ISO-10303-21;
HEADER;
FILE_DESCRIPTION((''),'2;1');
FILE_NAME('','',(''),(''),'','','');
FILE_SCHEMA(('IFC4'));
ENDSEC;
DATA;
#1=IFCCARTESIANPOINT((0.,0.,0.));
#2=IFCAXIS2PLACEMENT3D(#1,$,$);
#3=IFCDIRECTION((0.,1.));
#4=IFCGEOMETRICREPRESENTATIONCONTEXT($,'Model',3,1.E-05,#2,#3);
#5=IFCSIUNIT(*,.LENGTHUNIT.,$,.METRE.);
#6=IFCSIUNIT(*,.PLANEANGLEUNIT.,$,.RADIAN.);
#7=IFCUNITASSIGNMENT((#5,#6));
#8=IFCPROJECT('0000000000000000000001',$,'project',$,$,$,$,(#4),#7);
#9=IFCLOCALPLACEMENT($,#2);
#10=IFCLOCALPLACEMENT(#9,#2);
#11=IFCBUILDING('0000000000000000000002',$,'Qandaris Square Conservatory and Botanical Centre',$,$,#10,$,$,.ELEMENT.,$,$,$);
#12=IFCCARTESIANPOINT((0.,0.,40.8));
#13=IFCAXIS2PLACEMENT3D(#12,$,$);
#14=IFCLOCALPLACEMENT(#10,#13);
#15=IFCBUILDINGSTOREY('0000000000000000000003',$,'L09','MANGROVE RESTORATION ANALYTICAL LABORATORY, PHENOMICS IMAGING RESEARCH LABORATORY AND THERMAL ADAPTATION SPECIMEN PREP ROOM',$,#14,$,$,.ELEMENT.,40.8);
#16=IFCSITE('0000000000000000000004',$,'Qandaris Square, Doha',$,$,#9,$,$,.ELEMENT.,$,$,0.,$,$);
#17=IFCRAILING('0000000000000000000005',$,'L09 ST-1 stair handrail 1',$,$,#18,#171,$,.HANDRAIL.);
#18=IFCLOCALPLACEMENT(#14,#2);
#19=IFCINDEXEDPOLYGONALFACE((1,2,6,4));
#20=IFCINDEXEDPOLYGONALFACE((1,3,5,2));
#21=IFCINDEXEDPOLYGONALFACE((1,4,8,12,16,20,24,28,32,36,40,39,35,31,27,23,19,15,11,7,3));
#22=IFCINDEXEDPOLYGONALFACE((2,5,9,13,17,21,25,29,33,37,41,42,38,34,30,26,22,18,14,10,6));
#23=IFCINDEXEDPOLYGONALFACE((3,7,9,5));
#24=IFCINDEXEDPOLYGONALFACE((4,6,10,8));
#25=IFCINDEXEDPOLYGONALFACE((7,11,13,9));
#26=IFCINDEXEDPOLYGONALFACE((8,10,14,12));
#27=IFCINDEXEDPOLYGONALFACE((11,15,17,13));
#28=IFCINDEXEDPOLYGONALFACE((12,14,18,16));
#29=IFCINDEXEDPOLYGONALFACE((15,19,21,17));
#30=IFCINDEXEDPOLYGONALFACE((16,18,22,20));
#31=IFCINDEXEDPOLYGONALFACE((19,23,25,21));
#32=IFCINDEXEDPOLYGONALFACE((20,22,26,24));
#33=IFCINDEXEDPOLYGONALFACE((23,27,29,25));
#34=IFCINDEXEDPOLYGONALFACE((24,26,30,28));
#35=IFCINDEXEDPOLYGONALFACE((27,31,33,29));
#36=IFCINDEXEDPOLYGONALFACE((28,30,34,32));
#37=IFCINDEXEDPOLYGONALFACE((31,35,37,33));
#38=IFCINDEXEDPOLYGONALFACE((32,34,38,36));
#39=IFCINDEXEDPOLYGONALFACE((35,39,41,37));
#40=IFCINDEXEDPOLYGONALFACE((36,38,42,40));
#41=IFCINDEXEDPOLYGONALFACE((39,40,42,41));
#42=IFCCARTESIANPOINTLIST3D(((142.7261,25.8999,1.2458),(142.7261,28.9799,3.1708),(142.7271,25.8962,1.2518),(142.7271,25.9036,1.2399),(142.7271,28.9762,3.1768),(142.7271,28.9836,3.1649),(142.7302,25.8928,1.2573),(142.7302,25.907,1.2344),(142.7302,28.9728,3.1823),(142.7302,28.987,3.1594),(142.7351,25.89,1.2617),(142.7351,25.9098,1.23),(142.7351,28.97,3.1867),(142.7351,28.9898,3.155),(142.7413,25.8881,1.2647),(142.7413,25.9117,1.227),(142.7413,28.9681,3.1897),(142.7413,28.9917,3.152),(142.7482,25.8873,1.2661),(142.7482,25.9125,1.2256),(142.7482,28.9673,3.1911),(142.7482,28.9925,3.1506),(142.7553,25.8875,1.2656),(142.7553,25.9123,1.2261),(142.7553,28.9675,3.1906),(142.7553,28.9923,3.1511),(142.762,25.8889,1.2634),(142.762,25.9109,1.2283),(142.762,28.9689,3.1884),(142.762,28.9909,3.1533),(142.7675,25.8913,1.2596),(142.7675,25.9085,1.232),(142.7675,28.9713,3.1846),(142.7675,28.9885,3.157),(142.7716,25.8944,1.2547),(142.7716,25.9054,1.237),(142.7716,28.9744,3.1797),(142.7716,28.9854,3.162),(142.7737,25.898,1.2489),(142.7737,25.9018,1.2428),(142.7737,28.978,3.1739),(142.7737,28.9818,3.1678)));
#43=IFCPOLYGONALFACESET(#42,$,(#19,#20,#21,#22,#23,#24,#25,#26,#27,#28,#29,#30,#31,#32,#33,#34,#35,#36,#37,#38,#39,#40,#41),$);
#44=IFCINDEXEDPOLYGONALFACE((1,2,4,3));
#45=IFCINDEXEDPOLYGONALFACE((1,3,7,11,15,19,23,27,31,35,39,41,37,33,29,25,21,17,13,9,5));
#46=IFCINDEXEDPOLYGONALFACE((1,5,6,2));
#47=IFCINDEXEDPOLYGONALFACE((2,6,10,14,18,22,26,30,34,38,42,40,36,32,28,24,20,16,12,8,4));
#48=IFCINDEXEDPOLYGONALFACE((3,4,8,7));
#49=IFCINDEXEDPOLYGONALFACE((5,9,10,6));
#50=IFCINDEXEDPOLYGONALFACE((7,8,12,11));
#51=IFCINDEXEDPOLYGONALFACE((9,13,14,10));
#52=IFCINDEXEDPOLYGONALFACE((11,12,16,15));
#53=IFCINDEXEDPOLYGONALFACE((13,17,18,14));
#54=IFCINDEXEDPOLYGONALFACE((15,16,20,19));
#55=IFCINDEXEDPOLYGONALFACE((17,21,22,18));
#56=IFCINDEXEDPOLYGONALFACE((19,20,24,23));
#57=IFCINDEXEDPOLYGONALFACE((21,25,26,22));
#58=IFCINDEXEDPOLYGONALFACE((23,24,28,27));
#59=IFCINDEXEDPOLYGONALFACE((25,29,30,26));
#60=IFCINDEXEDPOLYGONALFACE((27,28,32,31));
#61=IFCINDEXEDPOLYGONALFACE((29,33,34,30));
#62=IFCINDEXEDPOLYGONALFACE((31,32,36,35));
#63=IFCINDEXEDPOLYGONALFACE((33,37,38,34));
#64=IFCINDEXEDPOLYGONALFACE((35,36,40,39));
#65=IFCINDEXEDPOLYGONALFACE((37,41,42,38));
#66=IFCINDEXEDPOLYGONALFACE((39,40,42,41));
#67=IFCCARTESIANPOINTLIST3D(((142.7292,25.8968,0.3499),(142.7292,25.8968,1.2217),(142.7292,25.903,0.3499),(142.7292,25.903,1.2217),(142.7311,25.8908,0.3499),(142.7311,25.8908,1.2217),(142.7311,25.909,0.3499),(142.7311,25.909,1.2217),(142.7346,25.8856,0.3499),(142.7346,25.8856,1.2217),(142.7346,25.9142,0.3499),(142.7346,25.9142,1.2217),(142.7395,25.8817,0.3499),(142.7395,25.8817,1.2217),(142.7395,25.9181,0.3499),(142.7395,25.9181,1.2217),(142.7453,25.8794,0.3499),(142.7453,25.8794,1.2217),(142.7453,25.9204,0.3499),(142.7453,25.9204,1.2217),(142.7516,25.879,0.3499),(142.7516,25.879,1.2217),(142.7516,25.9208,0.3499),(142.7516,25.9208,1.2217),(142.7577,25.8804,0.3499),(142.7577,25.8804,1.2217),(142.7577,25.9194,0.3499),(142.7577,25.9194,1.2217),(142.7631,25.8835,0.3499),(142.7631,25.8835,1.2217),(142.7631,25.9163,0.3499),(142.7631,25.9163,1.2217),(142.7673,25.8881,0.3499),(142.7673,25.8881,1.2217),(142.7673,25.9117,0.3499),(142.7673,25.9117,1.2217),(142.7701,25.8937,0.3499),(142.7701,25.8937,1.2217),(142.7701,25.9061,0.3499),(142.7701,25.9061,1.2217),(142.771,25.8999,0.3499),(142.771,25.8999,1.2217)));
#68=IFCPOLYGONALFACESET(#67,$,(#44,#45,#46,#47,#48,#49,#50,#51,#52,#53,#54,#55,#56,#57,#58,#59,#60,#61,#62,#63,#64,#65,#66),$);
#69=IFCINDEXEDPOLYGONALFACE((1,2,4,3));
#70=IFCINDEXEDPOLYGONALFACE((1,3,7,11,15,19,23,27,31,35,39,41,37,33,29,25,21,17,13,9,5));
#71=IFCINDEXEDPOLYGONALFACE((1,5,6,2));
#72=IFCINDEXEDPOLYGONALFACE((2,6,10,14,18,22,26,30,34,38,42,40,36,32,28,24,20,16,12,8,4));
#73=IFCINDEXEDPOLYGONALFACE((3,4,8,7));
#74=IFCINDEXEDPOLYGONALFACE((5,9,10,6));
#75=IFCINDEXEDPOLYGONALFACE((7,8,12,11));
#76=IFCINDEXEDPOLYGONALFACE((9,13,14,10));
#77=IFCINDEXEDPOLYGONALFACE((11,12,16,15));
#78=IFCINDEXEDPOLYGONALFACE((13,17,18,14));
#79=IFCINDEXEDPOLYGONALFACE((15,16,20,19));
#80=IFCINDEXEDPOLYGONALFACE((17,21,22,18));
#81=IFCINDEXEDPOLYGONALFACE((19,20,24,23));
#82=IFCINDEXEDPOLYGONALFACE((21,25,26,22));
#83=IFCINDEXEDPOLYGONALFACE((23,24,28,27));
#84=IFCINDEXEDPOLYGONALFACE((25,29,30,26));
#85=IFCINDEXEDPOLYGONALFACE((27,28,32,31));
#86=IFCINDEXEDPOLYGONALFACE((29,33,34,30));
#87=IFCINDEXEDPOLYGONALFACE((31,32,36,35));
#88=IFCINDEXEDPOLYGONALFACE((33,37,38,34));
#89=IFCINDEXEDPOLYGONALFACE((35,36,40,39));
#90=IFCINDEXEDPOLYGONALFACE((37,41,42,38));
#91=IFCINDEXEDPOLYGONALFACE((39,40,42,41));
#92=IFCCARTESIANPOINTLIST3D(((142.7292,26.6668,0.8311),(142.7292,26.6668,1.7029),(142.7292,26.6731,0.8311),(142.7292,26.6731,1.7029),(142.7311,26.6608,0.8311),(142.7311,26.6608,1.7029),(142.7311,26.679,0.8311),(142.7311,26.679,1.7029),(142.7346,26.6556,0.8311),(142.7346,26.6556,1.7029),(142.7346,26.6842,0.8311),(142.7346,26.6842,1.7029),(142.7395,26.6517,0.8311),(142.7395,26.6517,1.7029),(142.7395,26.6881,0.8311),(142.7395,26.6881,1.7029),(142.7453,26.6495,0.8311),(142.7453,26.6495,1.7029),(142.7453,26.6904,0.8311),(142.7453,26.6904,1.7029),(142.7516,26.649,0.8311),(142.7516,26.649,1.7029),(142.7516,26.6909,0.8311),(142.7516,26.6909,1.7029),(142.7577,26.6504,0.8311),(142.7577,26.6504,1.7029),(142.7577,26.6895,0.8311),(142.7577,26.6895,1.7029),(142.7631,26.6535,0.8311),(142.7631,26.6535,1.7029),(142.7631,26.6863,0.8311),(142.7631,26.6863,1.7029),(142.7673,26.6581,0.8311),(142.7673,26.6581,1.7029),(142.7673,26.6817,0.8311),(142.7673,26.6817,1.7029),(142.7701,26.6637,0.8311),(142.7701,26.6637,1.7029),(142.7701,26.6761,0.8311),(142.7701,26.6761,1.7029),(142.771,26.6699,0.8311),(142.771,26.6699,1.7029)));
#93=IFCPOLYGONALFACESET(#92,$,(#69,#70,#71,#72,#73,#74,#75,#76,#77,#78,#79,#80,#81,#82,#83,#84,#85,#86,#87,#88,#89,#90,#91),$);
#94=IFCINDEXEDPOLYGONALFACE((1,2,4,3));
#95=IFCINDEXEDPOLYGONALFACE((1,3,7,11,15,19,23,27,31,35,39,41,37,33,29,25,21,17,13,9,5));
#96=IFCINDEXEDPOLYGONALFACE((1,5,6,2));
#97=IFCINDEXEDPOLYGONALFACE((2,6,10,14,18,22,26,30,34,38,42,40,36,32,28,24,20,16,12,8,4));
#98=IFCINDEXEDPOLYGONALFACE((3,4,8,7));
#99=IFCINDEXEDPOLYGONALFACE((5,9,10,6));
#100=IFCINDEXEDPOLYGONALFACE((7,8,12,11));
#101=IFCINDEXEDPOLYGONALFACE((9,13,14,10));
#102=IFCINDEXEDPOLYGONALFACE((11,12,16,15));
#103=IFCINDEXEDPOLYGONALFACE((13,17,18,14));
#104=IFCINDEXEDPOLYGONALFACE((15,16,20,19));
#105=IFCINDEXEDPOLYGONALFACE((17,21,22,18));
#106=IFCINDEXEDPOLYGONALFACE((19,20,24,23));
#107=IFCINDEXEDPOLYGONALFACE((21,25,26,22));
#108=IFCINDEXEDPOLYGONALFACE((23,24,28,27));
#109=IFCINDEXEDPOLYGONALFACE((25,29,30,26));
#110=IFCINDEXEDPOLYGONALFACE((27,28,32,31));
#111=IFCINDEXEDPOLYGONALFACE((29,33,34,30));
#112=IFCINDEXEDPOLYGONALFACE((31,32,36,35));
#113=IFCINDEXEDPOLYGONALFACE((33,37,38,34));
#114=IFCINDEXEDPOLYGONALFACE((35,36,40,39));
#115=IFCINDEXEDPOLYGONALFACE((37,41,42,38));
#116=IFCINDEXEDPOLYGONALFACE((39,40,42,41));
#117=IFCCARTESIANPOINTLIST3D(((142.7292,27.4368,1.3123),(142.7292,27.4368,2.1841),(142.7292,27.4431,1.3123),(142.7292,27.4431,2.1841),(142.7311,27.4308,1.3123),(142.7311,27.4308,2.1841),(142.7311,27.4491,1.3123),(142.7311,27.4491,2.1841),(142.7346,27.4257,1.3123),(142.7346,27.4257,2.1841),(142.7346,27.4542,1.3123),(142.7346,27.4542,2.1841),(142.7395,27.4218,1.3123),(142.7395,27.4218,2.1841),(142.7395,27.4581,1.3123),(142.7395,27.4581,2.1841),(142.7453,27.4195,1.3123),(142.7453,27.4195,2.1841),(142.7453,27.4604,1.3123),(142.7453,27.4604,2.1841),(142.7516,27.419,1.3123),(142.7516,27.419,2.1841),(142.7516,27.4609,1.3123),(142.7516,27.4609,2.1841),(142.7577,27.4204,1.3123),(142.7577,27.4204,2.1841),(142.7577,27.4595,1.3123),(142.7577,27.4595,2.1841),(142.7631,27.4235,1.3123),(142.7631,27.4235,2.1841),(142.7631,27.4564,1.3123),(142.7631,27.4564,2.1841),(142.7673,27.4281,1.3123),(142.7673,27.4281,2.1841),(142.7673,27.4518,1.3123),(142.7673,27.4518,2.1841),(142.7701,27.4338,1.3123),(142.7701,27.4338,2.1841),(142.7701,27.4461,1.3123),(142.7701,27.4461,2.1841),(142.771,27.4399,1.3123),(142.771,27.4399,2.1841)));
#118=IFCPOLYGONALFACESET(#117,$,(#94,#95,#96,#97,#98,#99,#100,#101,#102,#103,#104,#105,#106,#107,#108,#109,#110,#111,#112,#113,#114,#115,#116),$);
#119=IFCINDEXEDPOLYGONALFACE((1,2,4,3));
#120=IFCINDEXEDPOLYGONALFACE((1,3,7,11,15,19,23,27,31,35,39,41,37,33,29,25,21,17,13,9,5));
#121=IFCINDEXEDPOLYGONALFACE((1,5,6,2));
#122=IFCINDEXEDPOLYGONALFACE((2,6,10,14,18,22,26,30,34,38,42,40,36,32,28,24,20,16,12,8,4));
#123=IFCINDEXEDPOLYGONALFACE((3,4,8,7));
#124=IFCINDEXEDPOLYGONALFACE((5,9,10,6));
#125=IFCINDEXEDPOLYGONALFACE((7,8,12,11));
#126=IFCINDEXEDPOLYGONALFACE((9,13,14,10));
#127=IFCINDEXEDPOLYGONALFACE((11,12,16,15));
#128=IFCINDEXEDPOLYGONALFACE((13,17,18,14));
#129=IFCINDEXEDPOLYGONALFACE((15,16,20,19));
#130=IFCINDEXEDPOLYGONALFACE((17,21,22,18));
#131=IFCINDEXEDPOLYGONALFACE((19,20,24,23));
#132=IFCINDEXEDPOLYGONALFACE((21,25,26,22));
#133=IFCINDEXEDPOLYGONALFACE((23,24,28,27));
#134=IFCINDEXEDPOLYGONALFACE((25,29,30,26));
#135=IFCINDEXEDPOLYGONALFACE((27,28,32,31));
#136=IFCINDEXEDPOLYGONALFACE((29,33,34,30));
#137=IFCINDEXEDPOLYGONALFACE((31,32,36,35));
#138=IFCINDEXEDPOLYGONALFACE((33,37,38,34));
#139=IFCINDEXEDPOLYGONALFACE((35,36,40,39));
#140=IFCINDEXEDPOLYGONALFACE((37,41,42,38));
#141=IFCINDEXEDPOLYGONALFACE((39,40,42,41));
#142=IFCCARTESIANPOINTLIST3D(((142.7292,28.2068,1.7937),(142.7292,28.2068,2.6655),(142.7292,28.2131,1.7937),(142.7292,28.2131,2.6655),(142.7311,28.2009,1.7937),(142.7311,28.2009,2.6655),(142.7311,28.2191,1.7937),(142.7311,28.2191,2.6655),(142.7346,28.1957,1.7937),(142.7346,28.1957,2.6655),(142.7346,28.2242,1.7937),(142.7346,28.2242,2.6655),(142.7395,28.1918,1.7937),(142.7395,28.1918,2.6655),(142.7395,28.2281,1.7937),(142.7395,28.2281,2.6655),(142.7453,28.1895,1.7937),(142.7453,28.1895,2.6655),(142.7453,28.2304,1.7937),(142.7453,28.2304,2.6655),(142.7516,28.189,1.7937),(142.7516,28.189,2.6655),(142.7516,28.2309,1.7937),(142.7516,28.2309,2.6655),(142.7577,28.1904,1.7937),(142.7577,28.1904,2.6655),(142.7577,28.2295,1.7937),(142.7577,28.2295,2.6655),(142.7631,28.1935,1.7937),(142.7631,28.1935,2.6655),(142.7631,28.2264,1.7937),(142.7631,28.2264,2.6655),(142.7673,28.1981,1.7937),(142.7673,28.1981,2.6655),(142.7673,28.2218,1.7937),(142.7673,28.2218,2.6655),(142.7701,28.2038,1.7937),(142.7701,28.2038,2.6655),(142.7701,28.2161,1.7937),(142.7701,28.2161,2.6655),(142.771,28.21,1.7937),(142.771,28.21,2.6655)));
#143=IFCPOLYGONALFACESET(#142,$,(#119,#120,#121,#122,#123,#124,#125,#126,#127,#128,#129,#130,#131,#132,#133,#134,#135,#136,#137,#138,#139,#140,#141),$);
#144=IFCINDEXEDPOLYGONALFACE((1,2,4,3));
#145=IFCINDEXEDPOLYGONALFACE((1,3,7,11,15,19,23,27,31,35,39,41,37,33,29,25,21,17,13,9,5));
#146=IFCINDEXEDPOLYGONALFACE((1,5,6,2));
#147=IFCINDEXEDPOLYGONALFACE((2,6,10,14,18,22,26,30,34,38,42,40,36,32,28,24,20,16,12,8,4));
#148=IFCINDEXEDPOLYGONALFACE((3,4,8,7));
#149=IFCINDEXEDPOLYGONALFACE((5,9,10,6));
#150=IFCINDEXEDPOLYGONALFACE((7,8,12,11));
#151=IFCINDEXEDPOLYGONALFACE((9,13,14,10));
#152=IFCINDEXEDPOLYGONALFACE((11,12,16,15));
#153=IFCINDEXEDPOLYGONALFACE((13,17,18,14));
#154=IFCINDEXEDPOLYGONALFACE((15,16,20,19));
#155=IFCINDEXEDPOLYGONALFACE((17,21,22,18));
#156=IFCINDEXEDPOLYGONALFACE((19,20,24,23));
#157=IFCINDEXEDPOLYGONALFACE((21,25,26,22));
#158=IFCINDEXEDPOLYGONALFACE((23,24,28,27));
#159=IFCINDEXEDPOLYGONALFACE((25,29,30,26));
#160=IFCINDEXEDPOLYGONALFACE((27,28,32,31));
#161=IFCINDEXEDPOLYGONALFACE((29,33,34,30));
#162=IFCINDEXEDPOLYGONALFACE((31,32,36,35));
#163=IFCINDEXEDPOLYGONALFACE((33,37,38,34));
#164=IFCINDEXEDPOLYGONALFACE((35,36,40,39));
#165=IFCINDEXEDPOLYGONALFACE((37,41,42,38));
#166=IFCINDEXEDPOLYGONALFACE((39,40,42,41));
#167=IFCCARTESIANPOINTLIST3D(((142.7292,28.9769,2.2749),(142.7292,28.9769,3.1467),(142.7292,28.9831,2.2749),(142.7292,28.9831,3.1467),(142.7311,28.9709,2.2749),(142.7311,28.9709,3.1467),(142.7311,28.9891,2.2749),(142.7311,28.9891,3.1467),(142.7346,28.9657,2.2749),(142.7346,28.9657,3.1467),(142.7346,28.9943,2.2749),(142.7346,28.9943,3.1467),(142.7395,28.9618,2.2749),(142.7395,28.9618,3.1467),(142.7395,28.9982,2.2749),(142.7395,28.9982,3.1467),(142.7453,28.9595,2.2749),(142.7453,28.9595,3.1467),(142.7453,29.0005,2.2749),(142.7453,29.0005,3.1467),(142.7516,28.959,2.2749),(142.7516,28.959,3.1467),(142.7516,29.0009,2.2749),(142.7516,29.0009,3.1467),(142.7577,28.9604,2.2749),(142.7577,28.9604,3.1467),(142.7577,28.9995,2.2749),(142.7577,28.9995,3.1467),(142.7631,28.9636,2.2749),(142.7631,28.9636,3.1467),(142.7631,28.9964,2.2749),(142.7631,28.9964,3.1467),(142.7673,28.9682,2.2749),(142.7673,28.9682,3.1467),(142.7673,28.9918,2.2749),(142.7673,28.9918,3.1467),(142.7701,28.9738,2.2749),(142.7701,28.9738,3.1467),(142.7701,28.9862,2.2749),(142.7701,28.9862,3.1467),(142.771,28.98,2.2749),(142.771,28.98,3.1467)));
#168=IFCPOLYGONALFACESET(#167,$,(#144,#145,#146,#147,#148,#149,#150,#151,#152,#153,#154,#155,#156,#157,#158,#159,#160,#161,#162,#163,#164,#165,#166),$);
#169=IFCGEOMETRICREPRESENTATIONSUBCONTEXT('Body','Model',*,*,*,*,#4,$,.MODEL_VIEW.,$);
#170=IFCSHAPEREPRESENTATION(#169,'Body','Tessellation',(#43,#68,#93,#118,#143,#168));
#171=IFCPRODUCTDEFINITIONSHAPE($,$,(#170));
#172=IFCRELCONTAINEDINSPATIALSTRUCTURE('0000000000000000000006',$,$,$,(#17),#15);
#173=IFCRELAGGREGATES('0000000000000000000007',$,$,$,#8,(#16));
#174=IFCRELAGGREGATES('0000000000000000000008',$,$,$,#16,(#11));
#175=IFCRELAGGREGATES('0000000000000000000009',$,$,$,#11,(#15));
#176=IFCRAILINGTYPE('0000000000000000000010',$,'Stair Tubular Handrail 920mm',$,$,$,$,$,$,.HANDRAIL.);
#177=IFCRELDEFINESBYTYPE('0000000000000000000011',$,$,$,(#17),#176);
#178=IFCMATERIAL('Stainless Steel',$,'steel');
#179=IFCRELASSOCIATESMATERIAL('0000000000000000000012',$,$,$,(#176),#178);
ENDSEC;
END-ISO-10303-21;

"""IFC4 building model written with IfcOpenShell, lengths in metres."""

from ifc_helpers import new_model, si_unit, direction, frame, origin, origin_2d, place, context, subcontext, project, spatial, circle, extrude, material, type_object, element, save


model = new_model("IFC4")

# Units and contexts
model_context = context("Model", 3, precision=1e-05, world=origin(), true_north=direction((0.0, 1.0)))
body_context = subcontext(model_context, "Body", "Model", "MODEL_VIEW")
ifc_project = project(units=[si_unit("LENGTHUNIT", "METRE"), si_unit("PLANEANGLEUNIT", "RADIAN")], contexts=[model_context])

# Site, building, storey
site_placement = place(None, origin())
site = spatial("IfcSite", under=ifc_project, at=site_placement, Name="Qandaris Square, Doha", CompositionType="ELEMENT", RefElevation=0.0)
building_placement = place(site_placement, origin())
building = spatial("IfcBuilding", under=site, at=building_placement, Name="Qandaris Square Conservatory and Botanical Centre", CompositionType="ELEMENT")
storey_placement = place(building_placement, frame((0.0, 0.0, 40.8)))
storey = spatial("IfcBuildingStorey", under=building, at=storey_placement, Name="L09", Description="MANGROVE RESTORATION ANALYTICAL LABORATORY, PHENOMICS IMAGING RESEARCH LABORATORY AND THERMAL ADAPTATION SPECIMEN PREP ROOM", CompositionType="ELEMENT", Elevation=40.8)

# Railing
ifc_material_1 = material(Name="Stainless Steel", Category="steel")
railing_type_1 = type_object("IfcRailingType", Name="Stair Tubular Handrail 920mm", PredefinedType="HANDRAIL", material=ifc_material_1)
railing_1_placement = place(storey_placement, frame((142.75, 25.8999, 0.3499)))
element("IfcRailing", 1, at=railing_1_placement, inside=storey, type_object=railing_type_1, Name="L09 ST-1 stair handrail 1", PredefinedType="HANDRAIL", context=body_context, shape_type="SweptSolid", body=[
    extrude(circle(Radius=0.0239, at=origin_2d()), frame((0.0, 0.0, 0.896), z_axis=(0.0, 0.847998, 0.529999), x_axis=(-1.0, 0.0, 0.0)), (0.0, 0.0, 1.0), 3.6321),
    extrude(circle(Radius=0.021, at=origin_2d()), origin(), (0.0, 0.0, 1.0), 0.8718),
    extrude(circle(Radius=0.021, at=origin_2d()), frame((0.0, 0.77, 0.4812)), (0.0, 0.0, 1.0), 0.8718),
    extrude(circle(Radius=0.021, at=origin_2d()), frame((0.0, 1.54, 0.9624)), (0.0, 0.0, 1.0), 0.8718),
    extrude(circle(Radius=0.021, at=origin_2d()), frame((0.0, 2.3101, 1.4438)), (0.0, 0.0, 1.0), 0.8718),
    extrude(circle(Radius=0.021, at=origin_2d()), frame((0.0, 3.0801, 1.925)), (0.0, 0.0, 1.0), 0.8718),
])

save(model, "model.ifc")
